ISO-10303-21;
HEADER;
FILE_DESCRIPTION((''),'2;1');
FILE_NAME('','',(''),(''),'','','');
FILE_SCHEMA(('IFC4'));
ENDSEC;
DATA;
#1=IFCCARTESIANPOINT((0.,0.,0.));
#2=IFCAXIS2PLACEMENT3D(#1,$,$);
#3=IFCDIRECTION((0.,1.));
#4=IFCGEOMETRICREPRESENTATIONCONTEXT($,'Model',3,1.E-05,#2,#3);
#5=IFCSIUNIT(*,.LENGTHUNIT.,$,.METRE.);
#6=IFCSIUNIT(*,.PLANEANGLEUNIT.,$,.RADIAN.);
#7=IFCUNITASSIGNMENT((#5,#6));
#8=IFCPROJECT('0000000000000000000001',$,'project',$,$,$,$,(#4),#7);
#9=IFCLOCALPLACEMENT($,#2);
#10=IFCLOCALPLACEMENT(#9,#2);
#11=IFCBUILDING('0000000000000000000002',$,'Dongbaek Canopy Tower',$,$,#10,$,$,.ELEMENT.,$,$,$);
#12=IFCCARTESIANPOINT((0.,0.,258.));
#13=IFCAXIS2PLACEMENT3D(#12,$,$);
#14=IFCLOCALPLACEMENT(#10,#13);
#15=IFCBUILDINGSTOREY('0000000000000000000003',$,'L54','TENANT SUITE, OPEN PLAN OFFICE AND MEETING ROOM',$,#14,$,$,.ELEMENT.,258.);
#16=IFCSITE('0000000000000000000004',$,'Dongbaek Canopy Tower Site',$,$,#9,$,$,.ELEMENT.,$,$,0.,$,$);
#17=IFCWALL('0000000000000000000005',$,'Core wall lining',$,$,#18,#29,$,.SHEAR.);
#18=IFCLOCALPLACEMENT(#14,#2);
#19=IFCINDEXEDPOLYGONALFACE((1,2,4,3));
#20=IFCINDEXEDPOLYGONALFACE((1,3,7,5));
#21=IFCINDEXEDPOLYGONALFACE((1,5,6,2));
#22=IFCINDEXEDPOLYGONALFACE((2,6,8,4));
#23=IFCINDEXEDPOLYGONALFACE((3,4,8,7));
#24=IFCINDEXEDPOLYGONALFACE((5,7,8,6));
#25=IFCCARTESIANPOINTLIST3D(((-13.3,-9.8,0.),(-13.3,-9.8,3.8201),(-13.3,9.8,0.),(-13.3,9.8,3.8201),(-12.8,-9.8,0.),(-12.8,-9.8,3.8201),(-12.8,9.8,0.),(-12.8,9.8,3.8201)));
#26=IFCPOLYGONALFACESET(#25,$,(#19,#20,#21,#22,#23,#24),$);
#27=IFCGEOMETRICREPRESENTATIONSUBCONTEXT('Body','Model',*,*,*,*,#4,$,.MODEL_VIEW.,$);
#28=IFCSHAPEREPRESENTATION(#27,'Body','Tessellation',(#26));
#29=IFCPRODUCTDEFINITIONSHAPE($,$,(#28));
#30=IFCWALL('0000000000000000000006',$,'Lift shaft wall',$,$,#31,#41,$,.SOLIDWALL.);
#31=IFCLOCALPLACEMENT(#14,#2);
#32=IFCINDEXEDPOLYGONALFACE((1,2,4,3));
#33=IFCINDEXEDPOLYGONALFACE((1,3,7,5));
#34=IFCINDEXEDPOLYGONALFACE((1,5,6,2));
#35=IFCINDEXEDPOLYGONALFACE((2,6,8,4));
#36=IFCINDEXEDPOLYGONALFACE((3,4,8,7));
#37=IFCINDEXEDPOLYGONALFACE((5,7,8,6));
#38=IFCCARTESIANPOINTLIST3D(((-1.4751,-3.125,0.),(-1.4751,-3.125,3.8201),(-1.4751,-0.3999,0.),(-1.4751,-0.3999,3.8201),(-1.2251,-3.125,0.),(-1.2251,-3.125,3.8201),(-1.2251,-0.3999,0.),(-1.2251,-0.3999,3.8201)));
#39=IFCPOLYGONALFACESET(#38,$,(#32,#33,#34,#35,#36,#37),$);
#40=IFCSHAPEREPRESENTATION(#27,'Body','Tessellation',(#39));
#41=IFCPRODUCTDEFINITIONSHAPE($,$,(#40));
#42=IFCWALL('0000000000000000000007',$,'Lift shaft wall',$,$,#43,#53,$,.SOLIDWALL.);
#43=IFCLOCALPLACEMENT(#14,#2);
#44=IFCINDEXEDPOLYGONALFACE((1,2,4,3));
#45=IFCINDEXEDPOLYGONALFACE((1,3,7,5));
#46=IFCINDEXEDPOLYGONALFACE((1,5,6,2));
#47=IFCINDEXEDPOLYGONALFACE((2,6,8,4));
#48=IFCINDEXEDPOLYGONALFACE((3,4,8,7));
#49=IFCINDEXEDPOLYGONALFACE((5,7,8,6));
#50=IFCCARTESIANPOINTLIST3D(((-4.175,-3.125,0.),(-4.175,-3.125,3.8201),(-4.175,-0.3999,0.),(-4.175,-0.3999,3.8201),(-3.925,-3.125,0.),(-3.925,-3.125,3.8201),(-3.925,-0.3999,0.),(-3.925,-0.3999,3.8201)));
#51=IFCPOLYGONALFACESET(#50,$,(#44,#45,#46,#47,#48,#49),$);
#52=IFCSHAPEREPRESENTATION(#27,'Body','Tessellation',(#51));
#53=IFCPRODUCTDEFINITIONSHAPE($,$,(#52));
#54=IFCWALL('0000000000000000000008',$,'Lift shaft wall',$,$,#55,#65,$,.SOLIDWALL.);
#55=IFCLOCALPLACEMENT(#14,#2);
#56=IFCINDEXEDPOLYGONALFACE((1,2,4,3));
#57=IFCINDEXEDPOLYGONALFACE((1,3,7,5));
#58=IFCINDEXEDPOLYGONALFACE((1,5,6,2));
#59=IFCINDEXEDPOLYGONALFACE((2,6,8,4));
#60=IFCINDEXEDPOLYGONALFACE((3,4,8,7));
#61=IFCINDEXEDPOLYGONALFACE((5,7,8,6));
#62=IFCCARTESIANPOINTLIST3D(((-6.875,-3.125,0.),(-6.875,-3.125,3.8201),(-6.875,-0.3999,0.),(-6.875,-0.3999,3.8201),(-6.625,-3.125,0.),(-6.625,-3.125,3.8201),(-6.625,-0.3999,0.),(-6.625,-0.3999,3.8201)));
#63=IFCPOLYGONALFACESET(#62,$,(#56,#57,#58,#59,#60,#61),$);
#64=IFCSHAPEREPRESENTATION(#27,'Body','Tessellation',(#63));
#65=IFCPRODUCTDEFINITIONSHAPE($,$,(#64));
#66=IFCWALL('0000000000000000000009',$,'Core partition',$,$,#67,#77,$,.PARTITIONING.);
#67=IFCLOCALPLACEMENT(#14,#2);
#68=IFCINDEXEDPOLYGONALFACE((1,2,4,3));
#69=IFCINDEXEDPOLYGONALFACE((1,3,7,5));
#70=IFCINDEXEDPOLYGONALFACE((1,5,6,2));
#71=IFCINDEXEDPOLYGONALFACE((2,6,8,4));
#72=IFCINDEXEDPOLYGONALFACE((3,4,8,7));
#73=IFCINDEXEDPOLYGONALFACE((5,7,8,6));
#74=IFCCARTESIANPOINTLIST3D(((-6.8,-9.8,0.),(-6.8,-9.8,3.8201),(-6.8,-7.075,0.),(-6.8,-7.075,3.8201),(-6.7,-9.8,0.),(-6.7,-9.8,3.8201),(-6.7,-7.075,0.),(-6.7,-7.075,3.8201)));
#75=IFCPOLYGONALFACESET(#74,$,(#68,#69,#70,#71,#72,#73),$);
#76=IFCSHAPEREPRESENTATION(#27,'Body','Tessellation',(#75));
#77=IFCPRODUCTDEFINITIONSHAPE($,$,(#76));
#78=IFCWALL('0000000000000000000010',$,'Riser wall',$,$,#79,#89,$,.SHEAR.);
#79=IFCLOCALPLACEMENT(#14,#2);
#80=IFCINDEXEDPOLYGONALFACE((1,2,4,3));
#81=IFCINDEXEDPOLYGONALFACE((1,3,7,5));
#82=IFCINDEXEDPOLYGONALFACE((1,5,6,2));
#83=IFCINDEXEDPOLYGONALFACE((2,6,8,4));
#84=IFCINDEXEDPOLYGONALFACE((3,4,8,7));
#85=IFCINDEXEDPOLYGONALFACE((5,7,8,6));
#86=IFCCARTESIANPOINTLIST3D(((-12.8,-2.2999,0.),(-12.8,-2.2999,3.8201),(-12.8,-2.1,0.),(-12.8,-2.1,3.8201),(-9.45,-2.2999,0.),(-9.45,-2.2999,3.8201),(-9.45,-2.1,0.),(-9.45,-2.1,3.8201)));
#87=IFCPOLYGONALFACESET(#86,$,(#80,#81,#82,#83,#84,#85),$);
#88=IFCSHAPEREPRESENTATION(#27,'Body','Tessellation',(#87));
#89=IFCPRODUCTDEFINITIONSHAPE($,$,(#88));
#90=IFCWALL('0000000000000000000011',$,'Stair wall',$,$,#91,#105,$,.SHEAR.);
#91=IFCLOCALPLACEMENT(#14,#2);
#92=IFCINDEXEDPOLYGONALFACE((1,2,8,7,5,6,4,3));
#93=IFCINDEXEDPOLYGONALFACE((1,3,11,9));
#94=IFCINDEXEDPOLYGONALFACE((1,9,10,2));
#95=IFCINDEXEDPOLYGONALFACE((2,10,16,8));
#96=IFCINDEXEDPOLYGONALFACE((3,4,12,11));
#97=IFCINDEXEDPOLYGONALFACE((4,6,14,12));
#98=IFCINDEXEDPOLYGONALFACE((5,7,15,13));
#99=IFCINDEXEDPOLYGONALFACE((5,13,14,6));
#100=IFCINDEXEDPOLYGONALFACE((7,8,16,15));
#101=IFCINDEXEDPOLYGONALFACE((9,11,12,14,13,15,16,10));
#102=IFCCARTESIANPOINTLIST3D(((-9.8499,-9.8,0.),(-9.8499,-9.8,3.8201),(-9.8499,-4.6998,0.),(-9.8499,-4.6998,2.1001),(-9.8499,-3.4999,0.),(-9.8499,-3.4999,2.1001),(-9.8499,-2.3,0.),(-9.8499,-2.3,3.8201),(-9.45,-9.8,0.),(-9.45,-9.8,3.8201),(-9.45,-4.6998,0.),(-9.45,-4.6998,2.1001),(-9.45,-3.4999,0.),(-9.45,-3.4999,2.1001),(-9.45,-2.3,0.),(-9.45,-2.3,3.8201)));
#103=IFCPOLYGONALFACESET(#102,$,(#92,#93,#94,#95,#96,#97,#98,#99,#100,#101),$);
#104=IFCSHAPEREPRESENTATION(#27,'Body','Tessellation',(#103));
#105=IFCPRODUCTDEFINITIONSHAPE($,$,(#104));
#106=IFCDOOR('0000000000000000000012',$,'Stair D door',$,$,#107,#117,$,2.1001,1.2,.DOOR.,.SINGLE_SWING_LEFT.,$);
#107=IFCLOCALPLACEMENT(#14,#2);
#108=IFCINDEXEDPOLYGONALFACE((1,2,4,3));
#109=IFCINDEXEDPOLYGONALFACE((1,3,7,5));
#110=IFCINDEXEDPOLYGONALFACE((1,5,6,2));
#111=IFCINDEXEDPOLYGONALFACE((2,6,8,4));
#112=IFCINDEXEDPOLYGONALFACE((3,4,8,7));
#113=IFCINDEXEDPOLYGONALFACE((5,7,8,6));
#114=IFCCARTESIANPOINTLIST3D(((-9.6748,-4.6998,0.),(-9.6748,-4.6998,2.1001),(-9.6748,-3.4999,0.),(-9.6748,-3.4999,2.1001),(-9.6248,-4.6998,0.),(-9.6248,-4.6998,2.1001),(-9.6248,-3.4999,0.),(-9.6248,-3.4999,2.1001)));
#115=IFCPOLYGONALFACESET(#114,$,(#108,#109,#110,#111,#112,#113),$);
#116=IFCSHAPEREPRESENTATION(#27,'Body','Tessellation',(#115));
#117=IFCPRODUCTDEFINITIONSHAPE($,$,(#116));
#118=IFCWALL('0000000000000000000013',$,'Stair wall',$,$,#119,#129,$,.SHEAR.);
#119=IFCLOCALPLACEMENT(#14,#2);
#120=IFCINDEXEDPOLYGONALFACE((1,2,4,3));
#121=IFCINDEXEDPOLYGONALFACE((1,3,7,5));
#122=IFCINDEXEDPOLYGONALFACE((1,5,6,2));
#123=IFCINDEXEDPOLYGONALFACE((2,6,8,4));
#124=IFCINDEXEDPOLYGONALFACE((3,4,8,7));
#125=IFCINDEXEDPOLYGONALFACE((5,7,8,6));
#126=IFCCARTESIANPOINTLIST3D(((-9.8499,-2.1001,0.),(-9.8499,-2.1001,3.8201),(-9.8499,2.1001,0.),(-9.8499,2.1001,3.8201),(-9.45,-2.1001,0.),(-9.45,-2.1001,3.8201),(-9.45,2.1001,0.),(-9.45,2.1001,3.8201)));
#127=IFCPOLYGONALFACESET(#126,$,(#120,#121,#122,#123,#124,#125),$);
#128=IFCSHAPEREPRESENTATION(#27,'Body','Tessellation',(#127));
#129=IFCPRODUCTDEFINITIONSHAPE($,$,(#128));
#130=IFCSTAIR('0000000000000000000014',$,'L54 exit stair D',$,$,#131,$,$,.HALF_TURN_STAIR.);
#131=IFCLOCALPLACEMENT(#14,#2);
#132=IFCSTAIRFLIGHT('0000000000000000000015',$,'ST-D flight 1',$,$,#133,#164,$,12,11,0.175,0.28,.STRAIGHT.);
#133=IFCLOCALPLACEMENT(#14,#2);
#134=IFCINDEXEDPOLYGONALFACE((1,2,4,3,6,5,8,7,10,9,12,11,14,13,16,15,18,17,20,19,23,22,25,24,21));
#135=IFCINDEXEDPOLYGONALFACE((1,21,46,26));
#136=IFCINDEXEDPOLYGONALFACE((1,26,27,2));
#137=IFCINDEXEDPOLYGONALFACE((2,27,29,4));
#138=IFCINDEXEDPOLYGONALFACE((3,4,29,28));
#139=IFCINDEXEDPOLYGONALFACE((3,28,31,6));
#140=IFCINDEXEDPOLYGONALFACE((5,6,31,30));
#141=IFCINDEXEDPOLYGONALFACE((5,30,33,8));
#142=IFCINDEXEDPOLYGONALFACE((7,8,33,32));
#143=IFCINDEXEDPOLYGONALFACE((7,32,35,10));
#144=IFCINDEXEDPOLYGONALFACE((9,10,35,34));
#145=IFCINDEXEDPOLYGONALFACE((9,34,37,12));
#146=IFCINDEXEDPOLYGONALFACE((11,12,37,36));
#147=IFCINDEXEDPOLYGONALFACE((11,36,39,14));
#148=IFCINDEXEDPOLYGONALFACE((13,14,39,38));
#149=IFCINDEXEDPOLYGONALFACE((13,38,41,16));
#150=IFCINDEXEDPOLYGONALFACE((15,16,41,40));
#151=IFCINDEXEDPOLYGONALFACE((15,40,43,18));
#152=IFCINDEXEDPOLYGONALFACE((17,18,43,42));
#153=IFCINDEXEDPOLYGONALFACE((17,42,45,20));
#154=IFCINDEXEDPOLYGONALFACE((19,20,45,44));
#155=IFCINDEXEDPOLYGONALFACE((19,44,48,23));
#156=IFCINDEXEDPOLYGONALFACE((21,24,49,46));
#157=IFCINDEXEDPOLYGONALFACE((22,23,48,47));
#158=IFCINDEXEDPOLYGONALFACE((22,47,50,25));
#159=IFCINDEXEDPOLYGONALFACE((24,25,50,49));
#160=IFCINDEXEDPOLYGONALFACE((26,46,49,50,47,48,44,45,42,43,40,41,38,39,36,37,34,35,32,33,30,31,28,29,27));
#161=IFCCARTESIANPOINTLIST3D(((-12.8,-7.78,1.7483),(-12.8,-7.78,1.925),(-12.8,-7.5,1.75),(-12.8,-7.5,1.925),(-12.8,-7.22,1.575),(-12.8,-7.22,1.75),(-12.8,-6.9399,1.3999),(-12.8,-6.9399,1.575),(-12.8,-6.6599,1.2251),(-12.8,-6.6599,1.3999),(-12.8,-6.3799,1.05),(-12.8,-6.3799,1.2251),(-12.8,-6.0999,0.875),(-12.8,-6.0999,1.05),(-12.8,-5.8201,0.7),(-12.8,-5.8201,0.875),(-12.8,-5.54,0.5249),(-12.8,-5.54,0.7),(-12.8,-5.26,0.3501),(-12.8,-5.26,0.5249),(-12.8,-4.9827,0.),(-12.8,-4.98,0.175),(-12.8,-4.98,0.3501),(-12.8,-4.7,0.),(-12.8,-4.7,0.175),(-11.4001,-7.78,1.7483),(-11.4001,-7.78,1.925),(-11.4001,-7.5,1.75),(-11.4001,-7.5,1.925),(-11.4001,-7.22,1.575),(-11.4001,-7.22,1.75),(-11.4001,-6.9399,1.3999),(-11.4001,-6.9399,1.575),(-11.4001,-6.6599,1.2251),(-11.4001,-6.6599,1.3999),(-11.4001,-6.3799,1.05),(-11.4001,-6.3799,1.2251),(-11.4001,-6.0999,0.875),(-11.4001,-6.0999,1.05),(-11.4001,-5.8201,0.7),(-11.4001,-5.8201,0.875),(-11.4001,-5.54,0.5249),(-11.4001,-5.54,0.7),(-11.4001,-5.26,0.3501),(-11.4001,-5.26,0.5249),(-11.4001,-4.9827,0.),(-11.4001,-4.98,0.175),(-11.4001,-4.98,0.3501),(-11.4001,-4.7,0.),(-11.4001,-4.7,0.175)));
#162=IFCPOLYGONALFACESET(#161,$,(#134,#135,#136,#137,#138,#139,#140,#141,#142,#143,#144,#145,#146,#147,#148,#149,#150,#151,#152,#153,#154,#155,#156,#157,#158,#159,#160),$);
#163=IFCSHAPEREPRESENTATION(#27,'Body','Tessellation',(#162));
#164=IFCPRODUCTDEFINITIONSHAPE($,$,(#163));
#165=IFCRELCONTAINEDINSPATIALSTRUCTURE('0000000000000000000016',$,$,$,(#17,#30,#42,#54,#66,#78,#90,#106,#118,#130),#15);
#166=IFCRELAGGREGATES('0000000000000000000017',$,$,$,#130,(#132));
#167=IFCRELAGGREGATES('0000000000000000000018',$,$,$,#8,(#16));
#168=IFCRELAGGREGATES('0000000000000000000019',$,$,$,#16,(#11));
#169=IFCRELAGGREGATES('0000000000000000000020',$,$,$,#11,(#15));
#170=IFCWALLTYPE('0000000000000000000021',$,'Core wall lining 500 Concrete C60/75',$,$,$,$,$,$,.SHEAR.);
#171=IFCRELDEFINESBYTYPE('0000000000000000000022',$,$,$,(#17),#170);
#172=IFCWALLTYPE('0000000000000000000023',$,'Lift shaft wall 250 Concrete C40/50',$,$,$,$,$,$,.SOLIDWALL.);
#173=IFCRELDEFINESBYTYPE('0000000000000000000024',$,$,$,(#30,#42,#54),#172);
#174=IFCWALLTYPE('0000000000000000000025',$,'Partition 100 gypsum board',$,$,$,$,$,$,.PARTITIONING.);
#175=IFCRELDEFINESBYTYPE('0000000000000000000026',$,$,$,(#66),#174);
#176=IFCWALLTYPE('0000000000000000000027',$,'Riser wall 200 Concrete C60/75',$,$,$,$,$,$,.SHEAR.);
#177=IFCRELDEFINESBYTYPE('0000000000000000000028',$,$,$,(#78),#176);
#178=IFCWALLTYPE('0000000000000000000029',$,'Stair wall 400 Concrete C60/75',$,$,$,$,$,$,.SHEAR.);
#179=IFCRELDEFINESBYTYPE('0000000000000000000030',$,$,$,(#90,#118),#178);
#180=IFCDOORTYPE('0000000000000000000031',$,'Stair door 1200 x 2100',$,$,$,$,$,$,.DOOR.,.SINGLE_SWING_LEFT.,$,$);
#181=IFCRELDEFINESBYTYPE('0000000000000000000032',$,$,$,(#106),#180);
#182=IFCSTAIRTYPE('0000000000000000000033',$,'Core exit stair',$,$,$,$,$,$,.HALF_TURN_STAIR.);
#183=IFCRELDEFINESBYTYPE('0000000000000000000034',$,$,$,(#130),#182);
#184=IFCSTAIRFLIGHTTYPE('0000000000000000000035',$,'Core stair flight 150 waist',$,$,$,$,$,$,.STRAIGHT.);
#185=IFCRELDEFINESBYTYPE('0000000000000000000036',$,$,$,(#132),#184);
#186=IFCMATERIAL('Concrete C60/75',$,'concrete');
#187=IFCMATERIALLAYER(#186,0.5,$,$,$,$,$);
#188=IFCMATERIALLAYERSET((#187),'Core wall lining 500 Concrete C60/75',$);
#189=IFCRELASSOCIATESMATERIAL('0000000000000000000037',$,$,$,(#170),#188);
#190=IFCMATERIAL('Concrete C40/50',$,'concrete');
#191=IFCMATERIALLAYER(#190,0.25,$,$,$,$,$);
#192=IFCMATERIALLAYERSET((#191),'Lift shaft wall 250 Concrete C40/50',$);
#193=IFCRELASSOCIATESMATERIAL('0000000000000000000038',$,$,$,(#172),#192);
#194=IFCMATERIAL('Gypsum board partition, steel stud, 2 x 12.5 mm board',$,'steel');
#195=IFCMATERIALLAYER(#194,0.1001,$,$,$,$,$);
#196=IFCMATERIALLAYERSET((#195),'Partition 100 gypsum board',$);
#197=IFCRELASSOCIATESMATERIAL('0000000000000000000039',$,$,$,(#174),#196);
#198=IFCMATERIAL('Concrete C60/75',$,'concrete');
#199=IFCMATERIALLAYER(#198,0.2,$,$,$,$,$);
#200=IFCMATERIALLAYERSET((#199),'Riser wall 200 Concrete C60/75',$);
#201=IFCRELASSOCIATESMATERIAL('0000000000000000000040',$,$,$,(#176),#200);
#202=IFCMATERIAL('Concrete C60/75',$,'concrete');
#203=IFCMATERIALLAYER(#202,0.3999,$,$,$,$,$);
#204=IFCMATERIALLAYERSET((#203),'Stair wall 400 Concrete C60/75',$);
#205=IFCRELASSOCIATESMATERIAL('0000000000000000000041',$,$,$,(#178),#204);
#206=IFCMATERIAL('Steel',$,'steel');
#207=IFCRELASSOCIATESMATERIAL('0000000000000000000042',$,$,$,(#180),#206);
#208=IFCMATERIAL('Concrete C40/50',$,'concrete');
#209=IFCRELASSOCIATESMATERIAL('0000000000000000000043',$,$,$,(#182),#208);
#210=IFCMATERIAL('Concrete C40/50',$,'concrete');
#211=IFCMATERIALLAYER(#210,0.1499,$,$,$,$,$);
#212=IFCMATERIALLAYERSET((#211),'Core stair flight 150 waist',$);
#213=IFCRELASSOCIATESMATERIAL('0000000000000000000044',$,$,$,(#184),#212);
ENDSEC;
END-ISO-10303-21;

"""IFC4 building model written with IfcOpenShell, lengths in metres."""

from ifc_helpers import new_model, si_unit, direction, frame, frame_2d, origin, place, context, subcontext, project, spatial, polyline, rectangle, outline, extrude, material, layer, layer_set, type_object, element, fill, aggregate, save


model = new_model("IFC4")

# Units and contexts
model_context = context("Model", 3, precision=1e-05, world=origin(), true_north=direction((0.0, 1.0)))
body_context = subcontext(model_context, "Body", "Model", "MODEL_VIEW")
ifc_project = project(units=[si_unit("LENGTHUNIT", "METRE"), si_unit("PLANEANGLEUNIT", "RADIAN")], contexts=[model_context])

# Site, building, storey
site_placement = place(None, origin())
site = spatial("IfcSite", under=ifc_project, at=site_placement, Name="Dongbaek Canopy Tower Site", CompositionType="ELEMENT", RefElevation=0.0)
building_placement = place(site_placement, origin())
building = spatial("IfcBuilding", under=site, at=building_placement, Name="Dongbaek Canopy Tower", CompositionType="ELEMENT")
storey_placement = place(building_placement, frame((0.0, 0.0, 258.0)))
storey = spatial("IfcBuildingStorey", under=building, at=storey_placement, Name="L54", Description="TENANT SUITE, OPEN PLAN OFFICE AND MEETING ROOM", CompositionType="ELEMENT", Elevation=258.0)

# Walls
ifc_material_1 = material(Name="Concrete C60/75", Category="concrete")
ifc_layer_1 = layer(ifc_material_1, 0.5)
ifc_layer_set_1 = layer_set([ifc_layer_1], Name="Core wall lining 500 Concrete C60/75")
wall_type_1 = type_object("IfcWallType", Name="Core wall lining 500 Concrete C60/75", PredefinedType="SHEAR", material=ifc_layer_set_1)
wall_1_placement = place(storey_placement, frame((-13.05, -9.8, 0.0), z_axis=(0.0, 0.0, 1.0), x_axis=(0.0, 1.0, 0.0)))
element("IfcWall", 1, at=wall_1_placement, inside=storey, type_object=wall_type_1, Name="Core wall lining", PredefinedType="SHEAR", context=body_context, shape_type="SweptSolid", body=[
    extrude(rectangle(XDim=19.6001, YDim=0.5, at=frame_2d((9.8, 0.0))), origin(), (0.0, 0.0, 1.0), 3.8201),
])
ifc_material_2 = material(Name="Concrete C40/50", Category="concrete")
ifc_layer_2 = layer(ifc_material_2, 0.25)
ifc_layer_set_2 = layer_set([ifc_layer_2], Name="Lift shaft wall 250 Concrete C40/50")
wall_type_2 = type_object("IfcWallType", Name="Lift shaft wall 250 Concrete C40/50", PredefinedType="SOLIDWALL", material=ifc_layer_set_2)
for number, where, z_axis, x_axis, name in (
    (2, (-1.3501, -3.125, 0.0), (0.0, 0.0, 1.0), (0.0, 1.0, 0.0), "Lift shaft wall"),
    (3, (-4.05, -3.125, 0.0), (0.0, 0.0, 1.0), (0.0, 1.0, 0.0), "Lift shaft wall"),
    (4, (-6.75, -3.125, 0.0), (0.0, 0.0, 1.0), (0.0, 1.0, 0.0), "Lift shaft wall"),
):
    element("IfcWall", number, at=place(storey_placement, frame(where, z_axis=z_axis, x_axis=x_axis)), inside=storey, type_object=wall_type_2, Name=name, PredefinedType="SOLIDWALL", context=body_context, shape_type="SweptSolid", body=[
        extrude(rectangle(XDim=2.7251, YDim=0.25, at=frame_2d((1.3625, 0.0))), origin(), (0.0, 0.0, 1.0), 3.8201),
    ])
ifc_material_3 = material(Name="Gypsum board partition, steel stud, 2 x 12.5 mm board", Category="steel")
ifc_layer_3 = layer(ifc_material_3, 0.1001)
ifc_layer_set_3 = layer_set([ifc_layer_3], Name="Partition 100 gypsum board")
wall_type_3 = type_object("IfcWallType", Name="Partition 100 gypsum board", PredefinedType="PARTITIONING", material=ifc_layer_set_3)
wall_2_placement = place(storey_placement, frame((-6.75, -9.8, 0.0), z_axis=(0.0, 0.0, 1.0), x_axis=(0.0, 1.0, 0.0)))
element("IfcWall", 5, at=wall_2_placement, inside=storey, type_object=wall_type_3, Name="Core partition", PredefinedType="PARTITIONING", context=body_context, shape_type="SweptSolid", body=[
    extrude(rectangle(XDim=2.7251, YDim=0.1001, at=frame_2d((1.3625, 0.0))), origin(), (0.0, 0.0, 1.0), 3.8201),
])
ifc_material_4 = material(Name="Concrete C60/75", Category="concrete")
ifc_layer_4 = layer(ifc_material_4, 0.2)
ifc_layer_set_4 = layer_set([ifc_layer_4], Name="Riser wall 200 Concrete C60/75")
wall_type_4 = type_object("IfcWallType", Name="Riser wall 200 Concrete C60/75", PredefinedType="SHEAR", material=ifc_layer_set_4)
wall_3_placement = place(storey_placement, frame((-9.45, -2.2, 0.0), z_axis=(0.0, 0.0, 1.0), x_axis=(-1.0, 0.0, 0.0)))
element("IfcWall", 6, at=wall_3_placement, inside=storey, type_object=wall_type_4, Name="Riser wall", PredefinedType="SHEAR", context=body_context, shape_type="SweptSolid", body=[
    extrude(rectangle(XDim=3.3501, YDim=0.2, at=frame_2d((1.675, 0.0))), origin(), (0.0, 0.0, 1.0), 3.8201),
])

# Wall, opening, door
ifc_material_5 = material(Name="Concrete C60/75", Category="concrete")
ifc_layer_5 = layer(ifc_material_5, 0.3999)
ifc_layer_set_5 = layer_set([ifc_layer_5], Name="Stair wall 400 Concrete C60/75")
wall_type_5 = type_object("IfcWallType", Name="Stair wall 400 Concrete C60/75", PredefinedType="SHEAR", material=ifc_layer_set_5)
wall_4_placement = place(storey_placement, frame((-9.6499, -9.8, 0.0), z_axis=(0.0, 0.0, 1.0), x_axis=(0.0, 1.0, 0.0)))
wall_4 = element("IfcWall", 7, at=wall_4_placement, inside=storey, type_object=wall_type_5, Name="Stair wall", PredefinedType="SHEAR", context=body_context, shape_type="SweptSolid", body=[
    extrude(rectangle(XDim=7.5, YDim=0.3999, at=frame_2d((3.75, 0.0))), origin(), (0.0, 0.0, 1.0), 3.8201),
])
opening_1_placement = place(wall_4_placement, frame((5.1001, 0.0, 0.0)))
opening_1 = element("IfcOpeningElement", 8, at=opening_1_placement, cuts=wall_4, PredefinedType="OPENING", context=body_context, shape_type="SweptSolid", body=[
    extrude(rectangle(XDim=1.2, YDim=2.1001, at=frame_2d((0.6001, 1.05))), frame((0.0, 0.21, 0.0), z_axis=(0.0, -1.0, 0.0), x_axis=(1.0, 0.0, 0.0)), (0.0, 0.0, 1.0), 0.4199),
])
ifc_material_6 = material(Name="Steel", Category="steel")
door_type_1 = type_object("IfcDoorType", Name="Stair door 1200 x 2100", OperationType="SINGLE_SWING_LEFT", PredefinedType="DOOR", material=ifc_material_6)
door_1_placement = place(opening_1_placement, origin())
door_1 = element("IfcDoor", 9, at=door_1_placement, inside=storey, type_object=door_type_1, Name="Stair D door", OperationType="SINGLE_SWING_LEFT", OverallHeight=2.1001, OverallWidth=1.2, PredefinedType="DOOR", context=body_context, shape_type="SweptSolid", body=[
    extrude(rectangle(XDim=1.2, YDim=2.1001, at=frame_2d((0.6001, 1.05))), frame((0.0, 0.0249, 0.0), z_axis=(0.0, -1.0, 0.0), x_axis=(1.0, 0.0, 0.0)), (0.0, 0.0, 1.0), 0.05),
])
fill(opening_1, door_1)

# Wall
wall_5_placement = place(storey_placement, frame((-9.6499, -2.1001, 0.0), z_axis=(0.0, 0.0, 1.0), x_axis=(0.0, 1.0, 0.0)))
element("IfcWall", 10, at=wall_5_placement, inside=storey, type_object=wall_type_5, Name="Stair wall", PredefinedType="SHEAR", context=body_context, shape_type="SweptSolid", body=[
    extrude(rectangle(XDim=4.2002, YDim=0.3999, at=frame_2d((2.1001, 0.0))), origin(), (0.0, 0.0, 1.0), 3.8201),
])

# Stair, stair flight
ifc_material_7 = material(Name="Concrete C40/50", Category="concrete")
stair_type = type_object("IfcStairType", Name="Core exit stair", PredefinedType="HALF_TURN_STAIR", material=ifc_material_7)
stair_placement = place(storey_placement, origin())
stair = element("IfcStair", 11, at=stair_placement, inside=storey, type_object=stair_type, Name="L54 exit stair D", PredefinedType="HALF_TURN_STAIR")
ifc_material_8 = material(Name="Concrete C40/50", Category="concrete")
ifc_layer_6 = layer(ifc_material_8, 0.1499)
ifc_layer_set_6 = layer_set([ifc_layer_6], Name="Core stair flight 150 waist")
stair_flight_type = type_object("IfcStairFlightType", Name="Core stair flight 150 waist", PredefinedType="STRAIGHT", material=ifc_layer_set_6)
stair_flight_1_placement = place(storey_placement, frame((-12.1001, -4.7, 0.0), z_axis=(0.0, 0.0, 1.0), x_axis=(0.0, -1.0, 0.0)))
stair_flight_1 = element("IfcStairFlight", 12, at=stair_flight_1_placement, type_object=stair_flight_type, Name="ST-D flight 1", NumberOfRisers=12, NumberOfTreads=11, PredefinedType="STRAIGHT", RiserHeight=0.175, TreadLength=0.28, context=body_context, shape_type="SweptSolid", body=[
    extrude(outline(polyline([(0.0, 0.0), (0.0, 0.175), (0.28, 0.175), (0.28, 0.3501), (0.5601, 0.3501), (0.5601, 0.5249), (0.8401, 0.5249), (0.8401, 0.7), (1.1201, 0.7), (1.1201, 0.875), (1.3999, 0.875), (1.3999, 1.05), (1.6799, 1.05), (1.6799, 1.2251), (1.96, 1.2251), (1.96, 1.3999), (2.24, 1.3999), (2.24, 1.575), (2.52, 1.575), (2.52, 1.75), (2.8, 1.75), (2.8, 1.925), (3.0801, 1.925), (3.0801, 2.1001), (3.0801, 1.7483), (0.2827, 0.0), (0.0, 0.0)])), frame((0.0, 0.7, 0.0), z_axis=(0.0, -1.0, 0.0), x_axis=(1.0, 0.0, 0.0)), (0.0, 0.0, 1.0), 1.3999),
])
aggregate(stair, [stair_flight_1])

save(model, "model.ifc")
